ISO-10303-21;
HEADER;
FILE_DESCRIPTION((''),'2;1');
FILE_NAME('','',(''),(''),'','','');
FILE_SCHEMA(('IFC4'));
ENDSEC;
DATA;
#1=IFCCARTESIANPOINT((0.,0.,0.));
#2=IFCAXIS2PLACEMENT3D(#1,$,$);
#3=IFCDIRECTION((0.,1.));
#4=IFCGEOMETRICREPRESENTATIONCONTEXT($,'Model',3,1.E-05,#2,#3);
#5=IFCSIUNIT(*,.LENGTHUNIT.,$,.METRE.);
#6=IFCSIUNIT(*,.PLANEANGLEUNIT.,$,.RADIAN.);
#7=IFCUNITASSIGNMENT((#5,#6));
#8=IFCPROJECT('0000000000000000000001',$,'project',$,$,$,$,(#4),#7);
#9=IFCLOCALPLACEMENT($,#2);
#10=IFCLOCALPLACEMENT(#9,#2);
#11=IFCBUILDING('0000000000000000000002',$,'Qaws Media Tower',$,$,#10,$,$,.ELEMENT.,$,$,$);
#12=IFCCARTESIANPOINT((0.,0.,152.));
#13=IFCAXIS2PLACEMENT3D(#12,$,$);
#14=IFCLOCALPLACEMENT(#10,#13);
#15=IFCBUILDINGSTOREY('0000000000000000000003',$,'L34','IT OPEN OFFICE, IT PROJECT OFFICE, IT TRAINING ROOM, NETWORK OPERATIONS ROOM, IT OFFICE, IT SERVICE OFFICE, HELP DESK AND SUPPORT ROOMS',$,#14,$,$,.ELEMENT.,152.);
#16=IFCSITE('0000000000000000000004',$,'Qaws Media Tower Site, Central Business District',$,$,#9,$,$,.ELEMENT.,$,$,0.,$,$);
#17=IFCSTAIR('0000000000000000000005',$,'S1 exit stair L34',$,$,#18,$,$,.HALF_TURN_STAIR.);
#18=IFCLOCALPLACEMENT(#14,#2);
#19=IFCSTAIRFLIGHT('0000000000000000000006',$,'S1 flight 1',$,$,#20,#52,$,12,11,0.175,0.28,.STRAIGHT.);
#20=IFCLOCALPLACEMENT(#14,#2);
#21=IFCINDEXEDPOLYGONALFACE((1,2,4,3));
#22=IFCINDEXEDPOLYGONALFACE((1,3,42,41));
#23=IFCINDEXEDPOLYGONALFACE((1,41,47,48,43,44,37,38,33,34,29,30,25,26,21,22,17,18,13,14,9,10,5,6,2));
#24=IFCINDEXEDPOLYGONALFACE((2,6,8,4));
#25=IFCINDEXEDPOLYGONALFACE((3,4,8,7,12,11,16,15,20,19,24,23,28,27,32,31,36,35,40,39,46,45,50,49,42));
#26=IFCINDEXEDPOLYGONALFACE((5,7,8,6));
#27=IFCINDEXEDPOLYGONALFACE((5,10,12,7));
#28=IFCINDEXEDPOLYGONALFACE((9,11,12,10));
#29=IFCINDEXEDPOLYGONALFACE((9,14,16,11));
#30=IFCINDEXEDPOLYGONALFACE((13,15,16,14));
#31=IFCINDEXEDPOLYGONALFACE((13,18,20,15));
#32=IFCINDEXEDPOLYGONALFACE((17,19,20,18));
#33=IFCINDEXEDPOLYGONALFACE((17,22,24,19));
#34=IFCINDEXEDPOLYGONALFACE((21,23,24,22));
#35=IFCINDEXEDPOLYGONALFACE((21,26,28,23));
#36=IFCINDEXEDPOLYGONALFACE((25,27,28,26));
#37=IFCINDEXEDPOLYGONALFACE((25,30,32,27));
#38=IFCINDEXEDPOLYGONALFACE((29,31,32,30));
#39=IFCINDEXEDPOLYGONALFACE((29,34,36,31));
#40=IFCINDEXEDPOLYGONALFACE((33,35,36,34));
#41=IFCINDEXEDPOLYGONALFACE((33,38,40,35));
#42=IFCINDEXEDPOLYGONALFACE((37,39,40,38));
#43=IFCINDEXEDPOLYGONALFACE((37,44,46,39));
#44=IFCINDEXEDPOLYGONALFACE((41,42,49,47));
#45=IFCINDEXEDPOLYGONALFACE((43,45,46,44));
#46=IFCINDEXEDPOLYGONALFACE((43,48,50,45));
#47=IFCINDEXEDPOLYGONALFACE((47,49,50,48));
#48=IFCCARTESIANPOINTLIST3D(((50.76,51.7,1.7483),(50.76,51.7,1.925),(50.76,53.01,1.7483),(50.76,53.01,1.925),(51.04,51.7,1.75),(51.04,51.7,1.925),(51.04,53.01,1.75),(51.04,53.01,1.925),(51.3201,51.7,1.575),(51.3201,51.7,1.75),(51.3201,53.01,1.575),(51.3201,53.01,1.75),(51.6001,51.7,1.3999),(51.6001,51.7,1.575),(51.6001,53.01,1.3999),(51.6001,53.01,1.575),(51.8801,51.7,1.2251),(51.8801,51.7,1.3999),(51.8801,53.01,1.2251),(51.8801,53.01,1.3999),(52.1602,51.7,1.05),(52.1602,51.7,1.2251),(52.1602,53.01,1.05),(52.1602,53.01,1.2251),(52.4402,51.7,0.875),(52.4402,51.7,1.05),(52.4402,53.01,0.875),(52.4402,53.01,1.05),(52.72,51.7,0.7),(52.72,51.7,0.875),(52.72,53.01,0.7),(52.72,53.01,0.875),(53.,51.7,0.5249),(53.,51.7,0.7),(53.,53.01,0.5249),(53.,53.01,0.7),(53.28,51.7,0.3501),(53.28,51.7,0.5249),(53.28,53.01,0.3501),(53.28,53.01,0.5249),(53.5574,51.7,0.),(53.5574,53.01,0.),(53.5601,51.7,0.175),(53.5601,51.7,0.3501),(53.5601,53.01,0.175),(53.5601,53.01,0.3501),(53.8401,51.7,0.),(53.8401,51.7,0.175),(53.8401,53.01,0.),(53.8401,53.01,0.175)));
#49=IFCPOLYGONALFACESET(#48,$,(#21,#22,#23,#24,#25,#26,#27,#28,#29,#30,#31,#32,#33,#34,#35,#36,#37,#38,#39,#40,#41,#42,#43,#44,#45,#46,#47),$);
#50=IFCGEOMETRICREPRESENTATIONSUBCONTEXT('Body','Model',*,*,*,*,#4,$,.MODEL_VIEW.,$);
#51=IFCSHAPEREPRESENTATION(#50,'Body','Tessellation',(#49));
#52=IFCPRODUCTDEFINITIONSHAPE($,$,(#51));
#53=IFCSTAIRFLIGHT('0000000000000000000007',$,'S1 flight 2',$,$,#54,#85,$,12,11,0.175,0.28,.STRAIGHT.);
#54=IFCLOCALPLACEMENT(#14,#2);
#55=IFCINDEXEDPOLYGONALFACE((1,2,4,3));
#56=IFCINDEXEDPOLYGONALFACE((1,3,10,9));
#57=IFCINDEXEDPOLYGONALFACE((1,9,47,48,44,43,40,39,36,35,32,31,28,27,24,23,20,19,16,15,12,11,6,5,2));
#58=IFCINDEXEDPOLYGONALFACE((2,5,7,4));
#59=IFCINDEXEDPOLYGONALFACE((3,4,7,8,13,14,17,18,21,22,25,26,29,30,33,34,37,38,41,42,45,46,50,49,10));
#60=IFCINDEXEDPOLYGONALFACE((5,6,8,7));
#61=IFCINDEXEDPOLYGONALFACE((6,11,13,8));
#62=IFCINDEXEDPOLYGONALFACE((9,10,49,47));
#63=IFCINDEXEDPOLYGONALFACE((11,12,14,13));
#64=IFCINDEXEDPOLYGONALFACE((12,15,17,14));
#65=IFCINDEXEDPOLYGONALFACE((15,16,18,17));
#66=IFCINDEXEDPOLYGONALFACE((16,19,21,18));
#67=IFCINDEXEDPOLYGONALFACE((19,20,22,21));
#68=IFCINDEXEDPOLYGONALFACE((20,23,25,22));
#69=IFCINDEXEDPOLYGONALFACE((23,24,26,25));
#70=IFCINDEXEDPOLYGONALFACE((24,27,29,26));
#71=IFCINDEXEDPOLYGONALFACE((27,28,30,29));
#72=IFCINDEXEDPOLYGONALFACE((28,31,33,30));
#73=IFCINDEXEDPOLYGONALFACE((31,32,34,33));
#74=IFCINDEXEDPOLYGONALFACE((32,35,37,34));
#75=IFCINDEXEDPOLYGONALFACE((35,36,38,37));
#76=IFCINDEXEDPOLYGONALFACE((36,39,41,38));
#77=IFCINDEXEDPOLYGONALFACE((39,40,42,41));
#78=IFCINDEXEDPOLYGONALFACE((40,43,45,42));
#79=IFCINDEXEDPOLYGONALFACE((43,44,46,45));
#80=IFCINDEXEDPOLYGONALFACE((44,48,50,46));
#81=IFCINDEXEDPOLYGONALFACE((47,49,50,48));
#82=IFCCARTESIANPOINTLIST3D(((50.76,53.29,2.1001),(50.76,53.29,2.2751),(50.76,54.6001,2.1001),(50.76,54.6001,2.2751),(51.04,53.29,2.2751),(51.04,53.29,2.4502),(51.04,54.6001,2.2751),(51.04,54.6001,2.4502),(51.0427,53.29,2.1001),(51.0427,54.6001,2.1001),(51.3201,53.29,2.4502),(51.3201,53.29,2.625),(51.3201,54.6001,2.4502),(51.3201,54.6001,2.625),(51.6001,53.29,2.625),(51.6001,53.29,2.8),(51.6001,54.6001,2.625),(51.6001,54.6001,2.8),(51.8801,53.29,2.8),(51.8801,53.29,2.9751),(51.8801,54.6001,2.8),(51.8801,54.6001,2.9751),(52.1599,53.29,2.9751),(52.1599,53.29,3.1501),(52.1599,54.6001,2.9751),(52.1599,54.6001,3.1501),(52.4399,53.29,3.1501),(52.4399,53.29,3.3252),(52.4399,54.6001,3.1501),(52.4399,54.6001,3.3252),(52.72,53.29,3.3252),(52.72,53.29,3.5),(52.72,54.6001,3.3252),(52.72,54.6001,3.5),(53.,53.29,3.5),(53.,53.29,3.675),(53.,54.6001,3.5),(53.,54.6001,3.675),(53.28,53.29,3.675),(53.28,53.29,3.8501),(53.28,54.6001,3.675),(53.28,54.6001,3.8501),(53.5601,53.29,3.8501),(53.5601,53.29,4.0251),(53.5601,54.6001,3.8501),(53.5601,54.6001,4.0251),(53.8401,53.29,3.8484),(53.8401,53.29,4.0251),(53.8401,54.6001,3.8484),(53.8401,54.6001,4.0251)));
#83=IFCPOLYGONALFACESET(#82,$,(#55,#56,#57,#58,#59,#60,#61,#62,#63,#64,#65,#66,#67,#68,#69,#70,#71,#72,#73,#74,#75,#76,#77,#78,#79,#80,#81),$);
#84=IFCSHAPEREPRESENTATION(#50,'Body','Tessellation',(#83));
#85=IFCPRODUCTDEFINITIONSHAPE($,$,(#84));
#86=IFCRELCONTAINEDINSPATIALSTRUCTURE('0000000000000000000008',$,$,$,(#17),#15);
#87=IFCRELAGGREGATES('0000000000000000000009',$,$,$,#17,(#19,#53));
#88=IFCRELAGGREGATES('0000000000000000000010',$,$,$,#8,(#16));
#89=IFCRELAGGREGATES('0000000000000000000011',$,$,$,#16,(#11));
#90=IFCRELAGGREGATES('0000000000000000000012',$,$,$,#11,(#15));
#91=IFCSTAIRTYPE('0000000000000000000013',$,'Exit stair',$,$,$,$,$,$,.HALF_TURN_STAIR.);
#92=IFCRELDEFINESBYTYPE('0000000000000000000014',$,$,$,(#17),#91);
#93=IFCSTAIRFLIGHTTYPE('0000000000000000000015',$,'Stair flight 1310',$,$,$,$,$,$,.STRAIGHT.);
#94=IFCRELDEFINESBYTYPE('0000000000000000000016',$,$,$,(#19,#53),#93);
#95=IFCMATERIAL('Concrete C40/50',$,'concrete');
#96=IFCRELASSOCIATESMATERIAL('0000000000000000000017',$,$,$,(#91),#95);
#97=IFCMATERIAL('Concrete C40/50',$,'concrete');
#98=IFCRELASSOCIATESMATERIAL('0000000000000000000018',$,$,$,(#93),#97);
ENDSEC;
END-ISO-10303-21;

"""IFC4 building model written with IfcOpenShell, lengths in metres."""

from ifc_helpers import new_model, si_unit, direction, frame, origin, place, context, subcontext, project, spatial, polyline, outline, extrude, material, type_object, element, aggregate, save


model = new_model("IFC4")

# Units and contexts
model_context = context("Model", 3, precision=1e-05, world=origin(), true_north=direction((0.0, 1.0)))
body_context = subcontext(model_context, "Body", "Model", "MODEL_VIEW")
ifc_project = project(units=[si_unit("LENGTHUNIT", "METRE"), si_unit("PLANEANGLEUNIT", "RADIAN")], contexts=[model_context])

# Site, building, storey
site_placement = place(None, origin())
site = spatial("IfcSite", under=ifc_project, at=site_placement, Name="Qaws Media Tower Site, Central Business District", CompositionType="ELEMENT", RefElevation=0.0)
building_placement = place(site_placement, origin())
building = spatial("IfcBuilding", under=site, at=building_placement, Name="Qaws Media Tower", CompositionType="ELEMENT")
storey_placement = place(building_placement, frame((0.0, 0.0, 152.0)))
storey = spatial("IfcBuildingStorey", under=building, at=storey_placement, Name="L34", Description="IT OPEN OFFICE, IT PROJECT OFFICE, IT TRAINING ROOM, NETWORK OPERATIONS ROOM, IT OFFICE, IT SERVICE OFFICE, HELP DESK AND SUPPORT ROOMS", CompositionType="ELEMENT", Elevation=152.0)

# Stair, stair flights
ifc_material_1 = material(Name="Concrete C40/50", Category="concrete")
stair_type = type_object("IfcStairType", Name="Exit stair", PredefinedType="HALF_TURN_STAIR", material=ifc_material_1)
stair_placement = place(storey_placement, origin())
stair = element("IfcStair", 1, at=stair_placement, inside=storey, type_object=stair_type, Name="S1 exit stair L34", PredefinedType="HALF_TURN_STAIR")
ifc_material_2 = material(Name="Concrete C40/50", Category="concrete")
stair_flight_type = type_object("IfcStairFlightType", Name="Stair flight 1310", PredefinedType="STRAIGHT", material=ifc_material_2)
stair_flight_1_placement = place(storey_placement, frame((53.8401, 52.355, 0.0), z_axis=(0.0, 0.0, 1.0), x_axis=(-1.0, 0.0, 0.0)))
stair_flight_1 = element("IfcStairFlight", 2, at=stair_flight_1_placement, type_object=stair_flight_type, Name="S1 flight 1", NumberOfRisers=12, NumberOfTreads=11, PredefinedType="STRAIGHT", RiserHeight=0.175, TreadLength=0.28, context=body_context, shape_type="SweptSolid", body=[
    extrude(outline(polyline([(0.0, 0.0), (0.0, 0.175), (0.28, 0.175), (0.28, 0.3501), (0.5601, 0.3501), (0.5601, 0.5249), (0.8401, 0.5249), (0.8401, 0.7), (1.1201, 0.7), (1.1201, 0.875), (1.3999, 0.875), (1.3999, 1.05), (1.6799, 1.05), (1.6799, 1.2251), (1.96, 1.2251), (1.96, 1.3999), (2.24, 1.3999), (2.24, 1.575), (2.52, 1.575), (2.52, 1.75), (2.8, 1.75), (2.8, 1.925), (3.0801, 1.925), (3.0801, 2.1001), (3.0801, 1.7483), (0.2827, 0.0), (0.0, 0.0)])), frame((0.0, 0.655, 0.0), z_axis=(0.0, -1.0, 0.0), x_axis=(1.0, 0.0, 0.0)), (0.0, 0.0, 1.0), 1.3101),
])
stair_flight_2_placement = place(storey_placement, frame((50.76, 53.9451, 2.1001), z_axis=(0.0, 0.0, 1.0), x_axis=(1.0, 0.0, 0.0)))
stair_flight_2 = element("IfcStairFlight", 3, at=stair_flight_2_placement, type_object=stair_flight_type, Name="S1 flight 2", NumberOfRisers=12, NumberOfTreads=11, PredefinedType="STRAIGHT", RiserHeight=0.175, TreadLength=0.28, context=body_context, shape_type="SweptSolid", body=[
    extrude(outline(polyline([(0.0, 0.0), (0.0, 0.175), (0.28, 0.175), (0.28, 0.3501), (0.5601, 0.3501), (0.5601, 0.5249), (0.8401, 0.5249), (0.8401, 0.7), (1.1201, 0.7), (1.1201, 0.875), (1.3999, 0.875), (1.3999, 1.05), (1.6799, 1.05), (1.6799, 1.2251), (1.96, 1.2251), (1.96, 1.3999), (2.24, 1.3999), (2.24, 1.575), (2.52, 1.575), (2.52, 1.75), (2.8, 1.75), (2.8, 1.925), (3.0801, 1.925), (3.0801, 2.1001), (3.0801, 1.7483), (0.2827, 0.0), (0.0, 0.0)])), frame((0.0, 0.655, 0.0), z_axis=(0.0, -1.0, 0.0), x_axis=(1.0, 0.0, 0.0)), (0.0, 0.0, 1.0), 1.3101),
])
aggregate(stair, [stair_flight_1, stair_flight_2])

save(model, "model.ifc")
